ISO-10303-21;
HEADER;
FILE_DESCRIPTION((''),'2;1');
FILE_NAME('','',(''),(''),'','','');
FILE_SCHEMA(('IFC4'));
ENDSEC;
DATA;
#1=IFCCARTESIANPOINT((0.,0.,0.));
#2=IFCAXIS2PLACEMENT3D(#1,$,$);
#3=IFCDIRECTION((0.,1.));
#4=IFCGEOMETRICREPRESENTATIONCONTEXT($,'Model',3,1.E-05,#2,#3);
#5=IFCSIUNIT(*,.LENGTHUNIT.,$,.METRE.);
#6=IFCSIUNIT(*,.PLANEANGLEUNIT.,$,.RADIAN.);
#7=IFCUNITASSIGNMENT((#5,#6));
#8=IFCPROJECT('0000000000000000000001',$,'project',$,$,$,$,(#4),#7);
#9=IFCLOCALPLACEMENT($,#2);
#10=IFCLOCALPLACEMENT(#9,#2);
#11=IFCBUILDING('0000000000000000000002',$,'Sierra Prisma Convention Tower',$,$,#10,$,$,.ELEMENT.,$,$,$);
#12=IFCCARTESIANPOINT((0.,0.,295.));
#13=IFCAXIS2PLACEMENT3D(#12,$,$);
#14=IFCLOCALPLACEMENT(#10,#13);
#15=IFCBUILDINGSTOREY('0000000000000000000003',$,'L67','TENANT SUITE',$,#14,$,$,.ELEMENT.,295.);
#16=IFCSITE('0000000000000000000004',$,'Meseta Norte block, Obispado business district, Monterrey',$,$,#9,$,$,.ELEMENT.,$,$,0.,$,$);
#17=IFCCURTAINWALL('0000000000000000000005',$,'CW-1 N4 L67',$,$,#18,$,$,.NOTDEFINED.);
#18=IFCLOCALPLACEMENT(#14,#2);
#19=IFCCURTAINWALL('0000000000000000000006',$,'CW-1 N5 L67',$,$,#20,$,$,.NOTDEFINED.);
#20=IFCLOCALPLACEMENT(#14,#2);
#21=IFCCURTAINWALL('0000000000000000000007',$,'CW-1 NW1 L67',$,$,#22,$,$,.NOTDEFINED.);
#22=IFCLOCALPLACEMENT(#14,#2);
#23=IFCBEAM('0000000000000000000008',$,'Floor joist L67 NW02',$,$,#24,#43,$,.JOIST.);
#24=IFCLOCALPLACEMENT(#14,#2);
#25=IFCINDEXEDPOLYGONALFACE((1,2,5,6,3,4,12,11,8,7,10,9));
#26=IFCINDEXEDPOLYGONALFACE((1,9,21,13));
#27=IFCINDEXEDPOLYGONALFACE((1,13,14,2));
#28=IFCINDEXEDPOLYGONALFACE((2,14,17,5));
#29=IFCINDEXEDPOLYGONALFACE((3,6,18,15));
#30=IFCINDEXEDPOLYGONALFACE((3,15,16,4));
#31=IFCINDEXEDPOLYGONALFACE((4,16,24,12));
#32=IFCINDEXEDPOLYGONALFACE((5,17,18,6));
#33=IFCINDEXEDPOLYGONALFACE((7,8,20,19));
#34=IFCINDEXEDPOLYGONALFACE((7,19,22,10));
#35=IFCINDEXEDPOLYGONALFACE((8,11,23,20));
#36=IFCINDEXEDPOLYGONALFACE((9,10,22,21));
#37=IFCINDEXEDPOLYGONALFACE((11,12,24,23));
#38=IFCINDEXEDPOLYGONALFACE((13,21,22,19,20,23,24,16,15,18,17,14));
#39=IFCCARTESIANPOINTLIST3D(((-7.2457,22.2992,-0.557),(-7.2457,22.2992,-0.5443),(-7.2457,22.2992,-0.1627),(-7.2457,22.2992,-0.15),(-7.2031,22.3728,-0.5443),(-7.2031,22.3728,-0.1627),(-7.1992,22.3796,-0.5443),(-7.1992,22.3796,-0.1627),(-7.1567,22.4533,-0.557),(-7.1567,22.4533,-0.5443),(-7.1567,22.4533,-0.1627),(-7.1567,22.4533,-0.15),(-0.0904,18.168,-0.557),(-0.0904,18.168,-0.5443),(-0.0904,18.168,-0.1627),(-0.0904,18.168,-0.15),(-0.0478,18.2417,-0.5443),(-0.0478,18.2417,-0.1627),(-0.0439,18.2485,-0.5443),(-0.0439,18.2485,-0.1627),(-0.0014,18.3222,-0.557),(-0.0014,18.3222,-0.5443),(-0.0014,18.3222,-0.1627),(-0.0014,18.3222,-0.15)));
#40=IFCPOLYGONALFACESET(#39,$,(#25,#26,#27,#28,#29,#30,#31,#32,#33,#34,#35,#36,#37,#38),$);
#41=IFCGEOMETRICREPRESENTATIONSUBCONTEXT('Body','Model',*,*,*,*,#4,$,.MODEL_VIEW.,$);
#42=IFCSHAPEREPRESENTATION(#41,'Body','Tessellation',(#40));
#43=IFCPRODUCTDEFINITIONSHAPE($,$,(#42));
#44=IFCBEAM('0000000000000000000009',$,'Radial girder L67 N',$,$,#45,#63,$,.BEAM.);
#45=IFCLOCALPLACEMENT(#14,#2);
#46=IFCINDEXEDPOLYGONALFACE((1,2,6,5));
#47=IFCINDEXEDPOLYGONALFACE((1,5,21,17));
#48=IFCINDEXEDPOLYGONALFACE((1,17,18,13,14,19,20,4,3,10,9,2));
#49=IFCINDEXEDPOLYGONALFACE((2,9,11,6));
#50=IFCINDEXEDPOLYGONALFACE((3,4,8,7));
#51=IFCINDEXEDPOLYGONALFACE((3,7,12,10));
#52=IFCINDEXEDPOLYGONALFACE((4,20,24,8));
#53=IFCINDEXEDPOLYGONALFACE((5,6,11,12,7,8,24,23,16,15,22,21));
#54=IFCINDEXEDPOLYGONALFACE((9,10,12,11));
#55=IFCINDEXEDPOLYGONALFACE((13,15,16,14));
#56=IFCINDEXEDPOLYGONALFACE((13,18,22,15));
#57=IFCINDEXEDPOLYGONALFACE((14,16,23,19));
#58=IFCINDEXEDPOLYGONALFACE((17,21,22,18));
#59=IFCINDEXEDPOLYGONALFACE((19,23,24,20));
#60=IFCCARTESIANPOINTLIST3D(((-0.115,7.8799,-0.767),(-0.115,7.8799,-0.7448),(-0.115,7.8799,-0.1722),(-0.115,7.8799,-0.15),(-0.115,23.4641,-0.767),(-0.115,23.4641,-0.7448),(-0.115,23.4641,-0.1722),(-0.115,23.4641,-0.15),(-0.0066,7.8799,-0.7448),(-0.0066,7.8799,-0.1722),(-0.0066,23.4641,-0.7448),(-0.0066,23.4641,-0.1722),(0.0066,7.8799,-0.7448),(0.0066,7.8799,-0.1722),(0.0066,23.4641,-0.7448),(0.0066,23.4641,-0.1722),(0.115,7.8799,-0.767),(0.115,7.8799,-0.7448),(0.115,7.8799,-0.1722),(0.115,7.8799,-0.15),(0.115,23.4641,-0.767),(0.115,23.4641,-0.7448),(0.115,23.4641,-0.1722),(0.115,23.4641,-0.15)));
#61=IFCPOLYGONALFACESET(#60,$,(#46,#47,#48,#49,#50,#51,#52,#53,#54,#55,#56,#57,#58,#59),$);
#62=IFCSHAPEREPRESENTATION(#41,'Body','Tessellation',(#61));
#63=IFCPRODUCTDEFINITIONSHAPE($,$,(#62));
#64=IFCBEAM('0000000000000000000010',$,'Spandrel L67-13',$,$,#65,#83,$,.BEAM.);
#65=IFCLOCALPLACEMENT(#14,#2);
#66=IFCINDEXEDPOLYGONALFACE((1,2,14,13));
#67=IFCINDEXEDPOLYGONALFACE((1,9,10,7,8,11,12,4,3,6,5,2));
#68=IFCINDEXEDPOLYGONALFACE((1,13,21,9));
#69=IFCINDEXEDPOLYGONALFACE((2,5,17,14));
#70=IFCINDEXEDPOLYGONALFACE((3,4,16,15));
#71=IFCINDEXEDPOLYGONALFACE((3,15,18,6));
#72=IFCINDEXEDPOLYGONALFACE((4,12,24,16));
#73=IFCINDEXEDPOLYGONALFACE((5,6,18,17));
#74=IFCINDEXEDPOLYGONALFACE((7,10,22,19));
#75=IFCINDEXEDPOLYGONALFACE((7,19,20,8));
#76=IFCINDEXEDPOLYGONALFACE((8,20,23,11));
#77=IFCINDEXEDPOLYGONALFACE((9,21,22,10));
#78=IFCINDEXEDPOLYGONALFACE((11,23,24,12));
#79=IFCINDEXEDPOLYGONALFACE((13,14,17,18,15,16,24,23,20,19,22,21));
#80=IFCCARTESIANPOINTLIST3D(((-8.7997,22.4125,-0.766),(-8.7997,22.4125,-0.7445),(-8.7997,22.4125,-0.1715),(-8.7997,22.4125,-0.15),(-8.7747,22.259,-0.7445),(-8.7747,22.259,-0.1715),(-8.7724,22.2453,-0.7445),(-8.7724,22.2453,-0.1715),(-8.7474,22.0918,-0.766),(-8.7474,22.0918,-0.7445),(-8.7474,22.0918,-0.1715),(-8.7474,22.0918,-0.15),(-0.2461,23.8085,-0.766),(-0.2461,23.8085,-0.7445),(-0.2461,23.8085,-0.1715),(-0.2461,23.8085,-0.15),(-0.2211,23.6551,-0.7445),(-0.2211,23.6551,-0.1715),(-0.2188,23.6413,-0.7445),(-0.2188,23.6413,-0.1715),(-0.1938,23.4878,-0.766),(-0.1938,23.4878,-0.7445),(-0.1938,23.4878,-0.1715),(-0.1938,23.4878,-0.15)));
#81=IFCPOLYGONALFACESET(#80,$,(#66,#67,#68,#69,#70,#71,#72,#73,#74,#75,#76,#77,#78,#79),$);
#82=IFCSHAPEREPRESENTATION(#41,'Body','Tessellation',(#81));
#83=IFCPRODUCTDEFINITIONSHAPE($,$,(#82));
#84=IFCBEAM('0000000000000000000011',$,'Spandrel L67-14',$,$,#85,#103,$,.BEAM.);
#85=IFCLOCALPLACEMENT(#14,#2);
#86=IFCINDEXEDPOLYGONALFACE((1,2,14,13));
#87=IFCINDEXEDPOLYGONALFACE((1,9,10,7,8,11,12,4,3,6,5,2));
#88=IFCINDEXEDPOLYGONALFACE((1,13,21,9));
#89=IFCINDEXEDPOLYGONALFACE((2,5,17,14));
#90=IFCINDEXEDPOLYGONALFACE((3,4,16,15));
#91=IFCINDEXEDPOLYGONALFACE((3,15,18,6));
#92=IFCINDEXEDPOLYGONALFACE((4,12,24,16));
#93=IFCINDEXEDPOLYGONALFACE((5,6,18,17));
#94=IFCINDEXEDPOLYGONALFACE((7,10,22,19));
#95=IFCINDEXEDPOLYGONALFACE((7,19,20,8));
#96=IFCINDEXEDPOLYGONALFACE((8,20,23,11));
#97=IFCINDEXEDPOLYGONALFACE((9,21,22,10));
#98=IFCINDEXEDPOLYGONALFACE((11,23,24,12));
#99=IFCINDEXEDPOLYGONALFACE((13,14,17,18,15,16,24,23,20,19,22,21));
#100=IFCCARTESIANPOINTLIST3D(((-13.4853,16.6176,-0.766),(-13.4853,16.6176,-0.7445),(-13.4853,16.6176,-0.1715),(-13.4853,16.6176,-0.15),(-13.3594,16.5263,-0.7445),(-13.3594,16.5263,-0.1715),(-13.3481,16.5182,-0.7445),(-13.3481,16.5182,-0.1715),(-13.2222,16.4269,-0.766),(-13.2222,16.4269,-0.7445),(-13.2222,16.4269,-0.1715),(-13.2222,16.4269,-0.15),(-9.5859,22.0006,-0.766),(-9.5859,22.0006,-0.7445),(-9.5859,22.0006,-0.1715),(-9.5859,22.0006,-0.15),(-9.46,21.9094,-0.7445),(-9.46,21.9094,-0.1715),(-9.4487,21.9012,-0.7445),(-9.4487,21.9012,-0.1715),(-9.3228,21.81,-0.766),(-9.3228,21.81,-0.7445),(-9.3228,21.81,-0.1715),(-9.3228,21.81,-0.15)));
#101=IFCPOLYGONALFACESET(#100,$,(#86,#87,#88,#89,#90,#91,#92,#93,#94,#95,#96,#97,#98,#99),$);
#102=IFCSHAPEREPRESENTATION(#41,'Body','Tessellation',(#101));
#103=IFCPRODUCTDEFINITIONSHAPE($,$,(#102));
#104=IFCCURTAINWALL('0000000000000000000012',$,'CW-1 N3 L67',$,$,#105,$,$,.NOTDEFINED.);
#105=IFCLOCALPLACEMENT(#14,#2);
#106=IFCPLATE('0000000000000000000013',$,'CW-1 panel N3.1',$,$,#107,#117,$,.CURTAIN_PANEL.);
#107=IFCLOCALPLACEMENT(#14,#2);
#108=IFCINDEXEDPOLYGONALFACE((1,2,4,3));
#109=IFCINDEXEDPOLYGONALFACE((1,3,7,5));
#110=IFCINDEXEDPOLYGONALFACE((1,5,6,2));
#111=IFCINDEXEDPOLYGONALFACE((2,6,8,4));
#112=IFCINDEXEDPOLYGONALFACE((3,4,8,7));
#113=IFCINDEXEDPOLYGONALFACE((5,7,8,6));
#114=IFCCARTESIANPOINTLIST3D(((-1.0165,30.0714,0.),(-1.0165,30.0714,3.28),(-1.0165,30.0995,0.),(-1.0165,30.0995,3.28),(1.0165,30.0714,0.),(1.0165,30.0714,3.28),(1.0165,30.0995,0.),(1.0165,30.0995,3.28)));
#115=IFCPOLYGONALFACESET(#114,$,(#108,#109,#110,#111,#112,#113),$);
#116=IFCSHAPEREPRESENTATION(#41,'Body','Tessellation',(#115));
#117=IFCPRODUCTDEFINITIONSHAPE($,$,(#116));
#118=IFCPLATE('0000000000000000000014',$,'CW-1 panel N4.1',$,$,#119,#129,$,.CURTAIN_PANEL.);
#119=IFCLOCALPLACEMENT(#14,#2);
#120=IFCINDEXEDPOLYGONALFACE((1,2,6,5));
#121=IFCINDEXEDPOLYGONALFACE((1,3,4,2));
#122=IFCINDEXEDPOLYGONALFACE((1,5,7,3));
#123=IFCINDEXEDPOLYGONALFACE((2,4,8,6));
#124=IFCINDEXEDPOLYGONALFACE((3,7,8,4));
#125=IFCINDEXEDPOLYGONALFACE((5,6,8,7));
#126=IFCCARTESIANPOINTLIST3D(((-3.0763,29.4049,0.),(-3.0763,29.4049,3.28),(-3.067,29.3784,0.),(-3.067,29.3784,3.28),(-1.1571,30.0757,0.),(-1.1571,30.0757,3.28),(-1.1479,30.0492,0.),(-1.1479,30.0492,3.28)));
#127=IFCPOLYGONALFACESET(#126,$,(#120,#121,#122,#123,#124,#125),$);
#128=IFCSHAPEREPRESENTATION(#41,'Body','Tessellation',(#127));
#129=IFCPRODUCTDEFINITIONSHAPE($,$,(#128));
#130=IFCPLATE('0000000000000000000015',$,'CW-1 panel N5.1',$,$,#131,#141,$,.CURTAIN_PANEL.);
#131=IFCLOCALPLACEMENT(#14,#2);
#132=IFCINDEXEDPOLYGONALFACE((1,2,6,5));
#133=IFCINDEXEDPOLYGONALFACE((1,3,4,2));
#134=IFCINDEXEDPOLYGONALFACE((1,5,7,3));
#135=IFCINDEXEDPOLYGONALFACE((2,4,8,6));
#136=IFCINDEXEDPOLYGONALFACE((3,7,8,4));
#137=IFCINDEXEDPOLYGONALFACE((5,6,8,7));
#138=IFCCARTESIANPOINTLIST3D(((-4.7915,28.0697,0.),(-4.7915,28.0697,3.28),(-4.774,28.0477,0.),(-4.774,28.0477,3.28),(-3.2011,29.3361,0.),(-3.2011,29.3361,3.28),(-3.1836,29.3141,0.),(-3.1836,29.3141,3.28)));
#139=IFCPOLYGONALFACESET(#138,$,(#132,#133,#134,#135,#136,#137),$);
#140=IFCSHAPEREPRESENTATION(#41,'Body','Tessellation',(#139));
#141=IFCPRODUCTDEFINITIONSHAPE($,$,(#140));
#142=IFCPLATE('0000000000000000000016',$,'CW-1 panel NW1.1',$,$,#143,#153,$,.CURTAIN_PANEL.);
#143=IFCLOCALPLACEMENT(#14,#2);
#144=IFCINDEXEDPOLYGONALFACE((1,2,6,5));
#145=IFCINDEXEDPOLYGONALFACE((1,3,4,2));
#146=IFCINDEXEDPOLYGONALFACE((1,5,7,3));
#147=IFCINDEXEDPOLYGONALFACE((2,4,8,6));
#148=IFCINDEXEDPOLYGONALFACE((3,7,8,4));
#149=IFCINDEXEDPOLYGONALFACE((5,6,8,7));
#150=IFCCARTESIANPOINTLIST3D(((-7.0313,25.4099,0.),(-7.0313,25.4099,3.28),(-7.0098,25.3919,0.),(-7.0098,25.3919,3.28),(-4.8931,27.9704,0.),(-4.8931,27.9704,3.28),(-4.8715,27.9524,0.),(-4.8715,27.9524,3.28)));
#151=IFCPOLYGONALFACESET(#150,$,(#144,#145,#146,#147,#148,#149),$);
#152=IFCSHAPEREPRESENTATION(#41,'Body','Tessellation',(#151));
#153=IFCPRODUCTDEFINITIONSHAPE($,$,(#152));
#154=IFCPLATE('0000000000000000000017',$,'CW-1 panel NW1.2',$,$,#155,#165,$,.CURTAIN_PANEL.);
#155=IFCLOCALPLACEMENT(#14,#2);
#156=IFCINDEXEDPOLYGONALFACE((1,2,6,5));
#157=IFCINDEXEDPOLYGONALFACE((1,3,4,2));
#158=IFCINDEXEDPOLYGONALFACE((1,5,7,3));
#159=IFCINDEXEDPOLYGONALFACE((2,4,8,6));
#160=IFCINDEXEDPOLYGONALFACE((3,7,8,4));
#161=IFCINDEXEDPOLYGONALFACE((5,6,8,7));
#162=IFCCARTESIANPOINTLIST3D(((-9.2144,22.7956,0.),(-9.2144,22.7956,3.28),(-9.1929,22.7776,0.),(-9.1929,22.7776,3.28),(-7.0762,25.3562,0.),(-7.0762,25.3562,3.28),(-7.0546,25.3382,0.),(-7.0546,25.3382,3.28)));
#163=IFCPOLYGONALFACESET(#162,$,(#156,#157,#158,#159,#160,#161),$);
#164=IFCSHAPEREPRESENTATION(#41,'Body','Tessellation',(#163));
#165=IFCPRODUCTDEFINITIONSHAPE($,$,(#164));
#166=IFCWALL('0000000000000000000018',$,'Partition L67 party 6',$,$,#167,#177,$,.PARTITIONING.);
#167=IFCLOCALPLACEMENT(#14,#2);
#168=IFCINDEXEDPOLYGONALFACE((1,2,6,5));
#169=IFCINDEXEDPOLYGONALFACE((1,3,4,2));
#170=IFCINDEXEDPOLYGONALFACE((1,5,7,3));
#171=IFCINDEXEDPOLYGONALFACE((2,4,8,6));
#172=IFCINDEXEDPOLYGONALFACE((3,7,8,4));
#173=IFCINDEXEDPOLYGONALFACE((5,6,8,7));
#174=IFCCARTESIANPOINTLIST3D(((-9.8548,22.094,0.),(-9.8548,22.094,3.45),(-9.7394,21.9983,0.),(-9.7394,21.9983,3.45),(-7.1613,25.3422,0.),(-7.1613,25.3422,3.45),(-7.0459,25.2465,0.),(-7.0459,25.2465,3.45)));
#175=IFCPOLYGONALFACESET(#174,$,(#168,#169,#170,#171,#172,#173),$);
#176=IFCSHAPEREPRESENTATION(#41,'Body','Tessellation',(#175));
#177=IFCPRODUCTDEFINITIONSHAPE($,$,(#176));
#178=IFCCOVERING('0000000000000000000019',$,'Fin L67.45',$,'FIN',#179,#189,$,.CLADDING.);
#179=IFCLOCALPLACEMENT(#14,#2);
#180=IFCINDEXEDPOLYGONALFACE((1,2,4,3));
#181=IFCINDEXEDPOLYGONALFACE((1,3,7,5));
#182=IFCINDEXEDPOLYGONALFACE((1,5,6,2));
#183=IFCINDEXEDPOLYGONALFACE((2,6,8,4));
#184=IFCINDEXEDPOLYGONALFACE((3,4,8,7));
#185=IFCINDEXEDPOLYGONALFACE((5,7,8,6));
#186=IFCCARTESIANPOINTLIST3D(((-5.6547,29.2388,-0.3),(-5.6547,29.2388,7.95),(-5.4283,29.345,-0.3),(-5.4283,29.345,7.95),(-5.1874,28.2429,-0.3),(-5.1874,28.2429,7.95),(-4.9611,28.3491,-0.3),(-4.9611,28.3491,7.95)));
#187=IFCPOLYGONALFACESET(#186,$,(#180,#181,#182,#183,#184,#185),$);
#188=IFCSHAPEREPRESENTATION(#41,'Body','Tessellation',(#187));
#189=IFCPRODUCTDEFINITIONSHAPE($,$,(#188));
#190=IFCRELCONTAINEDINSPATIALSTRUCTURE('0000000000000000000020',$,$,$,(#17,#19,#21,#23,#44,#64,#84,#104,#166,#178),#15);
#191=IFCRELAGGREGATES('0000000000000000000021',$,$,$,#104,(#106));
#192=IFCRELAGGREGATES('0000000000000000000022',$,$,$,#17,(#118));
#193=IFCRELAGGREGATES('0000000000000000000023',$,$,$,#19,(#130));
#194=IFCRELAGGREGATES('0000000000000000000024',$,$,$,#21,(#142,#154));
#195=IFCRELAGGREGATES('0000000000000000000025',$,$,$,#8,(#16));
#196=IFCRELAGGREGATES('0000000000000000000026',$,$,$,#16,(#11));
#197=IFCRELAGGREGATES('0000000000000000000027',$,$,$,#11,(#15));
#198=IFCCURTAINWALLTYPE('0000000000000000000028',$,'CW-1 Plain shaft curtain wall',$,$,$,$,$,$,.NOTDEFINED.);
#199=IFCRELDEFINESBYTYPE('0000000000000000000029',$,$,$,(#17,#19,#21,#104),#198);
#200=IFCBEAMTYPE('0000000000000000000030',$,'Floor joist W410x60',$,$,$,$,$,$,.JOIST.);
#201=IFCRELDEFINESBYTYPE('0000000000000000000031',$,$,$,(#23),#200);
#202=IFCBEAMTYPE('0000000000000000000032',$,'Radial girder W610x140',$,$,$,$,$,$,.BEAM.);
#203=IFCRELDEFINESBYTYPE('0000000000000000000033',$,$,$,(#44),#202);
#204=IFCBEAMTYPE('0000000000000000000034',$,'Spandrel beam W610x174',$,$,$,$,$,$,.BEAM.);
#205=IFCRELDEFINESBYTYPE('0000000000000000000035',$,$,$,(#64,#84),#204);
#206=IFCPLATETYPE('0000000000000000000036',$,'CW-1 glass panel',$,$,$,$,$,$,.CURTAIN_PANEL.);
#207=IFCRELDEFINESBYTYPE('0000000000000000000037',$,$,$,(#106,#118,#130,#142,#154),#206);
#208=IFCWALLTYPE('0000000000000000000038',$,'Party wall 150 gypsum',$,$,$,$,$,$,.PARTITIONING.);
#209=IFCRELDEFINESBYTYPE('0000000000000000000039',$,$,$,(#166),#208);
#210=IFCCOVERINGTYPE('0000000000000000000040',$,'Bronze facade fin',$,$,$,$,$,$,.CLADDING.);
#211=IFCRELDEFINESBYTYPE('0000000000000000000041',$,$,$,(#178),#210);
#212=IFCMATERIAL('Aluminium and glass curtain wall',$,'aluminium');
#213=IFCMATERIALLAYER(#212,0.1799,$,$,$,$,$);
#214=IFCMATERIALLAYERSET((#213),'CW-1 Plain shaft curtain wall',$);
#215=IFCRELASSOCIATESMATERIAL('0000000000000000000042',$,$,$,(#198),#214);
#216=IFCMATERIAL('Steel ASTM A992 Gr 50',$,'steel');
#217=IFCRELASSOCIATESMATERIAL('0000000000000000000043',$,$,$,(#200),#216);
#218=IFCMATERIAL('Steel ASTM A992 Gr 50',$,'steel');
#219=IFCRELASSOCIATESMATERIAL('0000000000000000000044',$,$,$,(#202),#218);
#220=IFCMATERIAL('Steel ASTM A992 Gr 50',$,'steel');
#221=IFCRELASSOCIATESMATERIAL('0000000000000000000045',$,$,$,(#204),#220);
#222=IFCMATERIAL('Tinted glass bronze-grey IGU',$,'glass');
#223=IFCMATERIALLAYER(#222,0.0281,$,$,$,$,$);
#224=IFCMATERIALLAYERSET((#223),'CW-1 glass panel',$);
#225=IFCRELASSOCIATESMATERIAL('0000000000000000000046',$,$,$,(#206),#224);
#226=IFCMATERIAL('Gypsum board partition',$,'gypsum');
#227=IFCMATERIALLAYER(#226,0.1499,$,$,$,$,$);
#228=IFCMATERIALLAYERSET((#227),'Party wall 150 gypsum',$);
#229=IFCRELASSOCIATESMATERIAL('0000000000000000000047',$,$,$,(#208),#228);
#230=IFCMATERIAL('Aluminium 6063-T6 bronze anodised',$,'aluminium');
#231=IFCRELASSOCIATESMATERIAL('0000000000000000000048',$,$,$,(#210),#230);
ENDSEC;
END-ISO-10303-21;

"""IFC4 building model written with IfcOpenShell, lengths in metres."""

from ifc_helpers import new_model, si_unit, direction, frame, frame_2d, origin, origin_2d, place, context, subcontext, project, spatial, rectangle, i_section, extrude, material, layer, layer_set, material_profile, profile_set, type_object, element, aggregate, save


model = new_model("IFC4")

# Units and contexts
model_context = context("Model", 3, precision=1e-05, world=origin(), true_north=direction((0.0, 1.0)))
body_context = subcontext(model_context, "Body", "Model", "MODEL_VIEW")
ifc_project = project(units=[si_unit("LENGTHUNIT", "METRE"), si_unit("PLANEANGLEUNIT", "RADIAN")], contexts=[model_context])

# Site, building, storey
site_placement = place(None, origin())
site = spatial("IfcSite", under=ifc_project, at=site_placement, Name="Meseta Norte block, Obispado business district, Monterrey", CompositionType="ELEMENT", RefElevation=0.0)
building_placement = place(site_placement, origin())
building = spatial("IfcBuilding", under=site, at=building_placement, Name="Sierra Prisma Convention Tower", CompositionType="ELEMENT")
storey_placement = place(building_placement, frame((0.0, 0.0, 295.0)))
storey = spatial("IfcBuildingStorey", under=building, at=storey_placement, Name="L67", Description="TENANT SUITE", CompositionType="ELEMENT", Elevation=295.0)

# Curtain walls
ifc_material_1 = material(Name="Aluminium and glass curtain wall", Category="aluminium")
ifc_layer_1 = layer(ifc_material_1, 0.1799)
ifc_layer_set_1 = layer_set([ifc_layer_1], Name="CW-1 Plain shaft curtain wall")
curtain_wall_type = type_object("IfcCurtainWallType", Name="CW-1 Plain shaft curtain wall", PredefinedType="NOTDEFINED", material=ifc_layer_set_1)
curtain_wall_1_placement = place(storey_placement, origin())
curtain_wall_1 = element("IfcCurtainWall", 1, at=curtain_wall_1_placement, inside=storey, type_object=curtain_wall_type, Name="CW-1 N4 L67", PredefinedType="NOTDEFINED")
curtain_wall_2_placement = place(storey_placement, origin())
curtain_wall_2 = element("IfcCurtainWall", 2, at=curtain_wall_2_placement, inside=storey, type_object=curtain_wall_type, Name="CW-1 N5 L67", PredefinedType="NOTDEFINED")

# Curtain wall
curtain_wall_3_placement = place(storey_placement, origin())
curtain_wall_3 = element("IfcCurtainWall", 3, at=curtain_wall_3_placement, inside=storey, type_object=curtain_wall_type, Name="CW-1 NW1 L67", PredefinedType="NOTDEFINED")

# Beams
ifc_material_2 = material(Name="Steel ASTM A992 Gr 50", Category="steel")
ifc_material_profile_1 = material_profile(ifc_material_2, i_section(OverallWidth=0.178, OverallDepth=0.407, WebThickness=0.0078, FlangeThickness=0.0127, at=origin_2d()), Name="W410x60")
ifc_profile_set_1 = profile_set([ifc_material_profile_1], Name="Steel ASTM A992 Gr 50")
beam_type_1 = type_object("IfcBeamType", Name="Floor joist W410x60", PredefinedType="JOIST", material=ifc_profile_set_1)
beam_1_placement = place(storey_placement, frame((-7.2012, 22.3762, -0.3535), z_axis=(0.866025, -0.5, 0.0), x_axis=(0.5, 0.866025, 0.0)))
element("IfcBeam", 4, at=beam_1_placement, inside=storey, type_object=beam_type_1, Name="Floor joist L67 NW02", PredefinedType="JOIST", context=body_context, shape_type="SweptSolid", body=[
    extrude(i_section(OverallWidth=0.178, OverallDepth=0.407, WebThickness=0.0078, FlangeThickness=0.0127, at=origin_2d()), origin(), (0.0, 0.0, 1.0), 8.2622),
])
ifc_material_3 = material(Name="Steel ASTM A992 Gr 50", Category="steel")
ifc_material_profile_2 = material_profile(ifc_material_3, i_section(OverallWidth=0.23, OverallDepth=0.6169, WebThickness=0.0132, FlangeThickness=0.0222, at=origin_2d()), Name="W610x140")
ifc_profile_set_2 = profile_set([ifc_material_profile_2], Name="Steel ASTM A992 Gr 50")
beam_type_2 = type_object("IfcBeamType", Name="Radial girder W610x140", PredefinedType="BEAM", material=ifc_profile_set_2)
beam_2_placement = place(storey_placement, frame((0.0, 23.4641, -0.4585), z_axis=(0.0, -1.0, 0.0), x_axis=(1.0, 0.0, 0.0)))
element("IfcBeam", 5, at=beam_2_placement, inside=storey, type_object=beam_type_2, Name="Radial girder L67 N", PredefinedType="BEAM", context=body_context, shape_type="SweptSolid", body=[
    extrude(i_section(OverallWidth=0.23, OverallDepth=0.6169, WebThickness=0.0132, FlangeThickness=0.0222, at=origin_2d()), origin(), (0.0, 0.0, 1.0), 15.5842),
])
ifc_material_4 = material(Name="Steel ASTM A992 Gr 50", Category="steel")
ifc_material_profile_3 = material_profile(ifc_material_4, i_section(OverallWidth=0.325, OverallDepth=0.616, WebThickness=0.0139, FlangeThickness=0.0215, at=origin_2d()), Name="W610x174")
ifc_profile_set_3 = profile_set([ifc_material_profile_3], Name="Steel ASTM A992 Gr 50")
beam_type_3 = type_object("IfcBeamType", Name="Spandrel beam W610x174", PredefinedType="BEAM", material=ifc_profile_set_3)
beam_3_placement = place(storey_placement, frame((-0.22, 23.6482, -0.458), z_axis=(-0.986942, -0.161077, 0.0), x_axis=(0.161077, -0.986942, 0.0)))
element("IfcBeam", 6, at=beam_3_placement, inside=storey, type_object=beam_type_3, Name="Spandrel L67-13", PredefinedType="BEAM", context=body_context, shape_type="SweptSolid", body=[
    extrude(i_section(OverallWidth=0.325, OverallDepth=0.616, WebThickness=0.0139, FlangeThickness=0.0215, at=origin_2d()), origin(), (0.0, 0.0, 1.0), 8.6667),
])
beam_4_placement = place(storey_placement, frame((-9.4543, 21.9053, -0.458), z_axis=(-0.586642, -0.809846, 0.0), x_axis=(0.809846, -0.586642, 0.0)))
element("IfcBeam", 7, at=beam_4_placement, inside=storey, type_object=beam_type_3, Name="Spandrel L67-14", PredefinedType="BEAM", context=body_context, shape_type="SweptSolid", body=[
    extrude(i_section(OverallWidth=0.325, OverallDepth=0.616, WebThickness=0.0139, FlangeThickness=0.0215, at=origin_2d()), origin(), (0.0, 0.0, 1.0), 6.647),
])

# Curtain wall, plate
curtain_wall_4_placement = place(storey_placement, origin())
curtain_wall_4 = element("IfcCurtainWall", 8, at=curtain_wall_4_placement, inside=storey, type_object=curtain_wall_type, Name="CW-1 N3 L67", PredefinedType="NOTDEFINED")
ifc_material_5 = material(Name="Tinted glass bronze-grey IGU", Category="glass")
ifc_layer_2 = layer(ifc_material_5, 0.0281)
ifc_layer_set_2 = layer_set([ifc_layer_2], Name="CW-1 glass panel")
plate_type = type_object("IfcPlateType", Name="CW-1 glass panel", PredefinedType="CURTAIN_PANEL", material=ifc_layer_set_2)
plate_1_placement = place(storey_placement, frame((0.0, 30.0854, 0.0), z_axis=(0.0, 0.0, 1.0), x_axis=(-1.0, 0.0, 0.0)))
plate_1 = element("IfcPlate", 9, at=plate_1_placement, type_object=plate_type, Name="CW-1 panel N3.1", PredefinedType="CURTAIN_PANEL", context=body_context, shape_type="SweptSolid", body=[
    extrude(rectangle(XDim=2.033, YDim=0.0281, at=origin_2d()), origin(), (0.0, 0.0, 1.0), 3.28),
])
aggregate(curtain_wall_4, [plate_1])

# Plates
plate_2_placement = place(storey_placement, frame((-2.1121, 29.7271, 0.0), z_axis=(0.0, 0.0, 1.0), x_axis=(-0.944004, -0.329935, 0.0)))
plate_2 = element("IfcPlate", 10, at=plate_2_placement, type_object=plate_type, Name="CW-1 panel N4.1", PredefinedType="CURTAIN_PANEL", context=body_context, shape_type="SweptSolid", body=[
    extrude(rectangle(XDim=2.033, YDim=0.0281, at=origin_2d()), origin(), (0.0, 0.0, 1.0), 3.28),
])
aggregate(curtain_wall_1, [plate_2])
plate_3_placement = place(storey_placement, frame((-3.9875, 28.6919, 0.0), z_axis=(0.0, 0.0, 1.0), x_axis=(-0.782286, -0.62292, 0.0)))
plate_3 = element("IfcPlate", 11, at=plate_3_placement, type_object=plate_type, Name="CW-1 panel N5.1", PredefinedType="CURTAIN_PANEL", context=body_context, shape_type="SweptSolid", body=[
    extrude(rectangle(XDim=2.033, YDim=0.0281, at=origin_2d()), origin(), (0.0, 0.0, 1.0), 3.28),
])
aggregate(curtain_wall_2, [plate_3])
plate_4_placement = place(storey_placement, frame((-5.9514, 26.6812, 0.0), z_axis=(0.0, 0.0, 1.0), x_axis=(-0.64098, -0.767558, 0.0)))
plate_4 = element("IfcPlate", 12, at=plate_4_placement, type_object=plate_type, Name="CW-1 panel NW1.1", PredefinedType="CURTAIN_PANEL", context=body_context, shape_type="SweptSolid", body=[
    extrude(rectangle(XDim=3.3359, YDim=0.0281, at=origin_2d()), origin(), (0.0, 0.0, 1.0), 3.28),
])
plate_5_placement = place(storey_placement, frame((-8.1345, 24.0669, 0.0), z_axis=(0.0, 0.0, 1.0), x_axis=(-0.64098, -0.767558, 0.0)))
plate_5 = element("IfcPlate", 13, at=plate_5_placement, type_object=plate_type, Name="CW-1 panel NW1.2", PredefinedType="CURTAIN_PANEL", context=body_context, shape_type="SweptSolid", body=[
    extrude(rectangle(XDim=3.3359, YDim=0.0281, at=origin_2d()), origin(), (0.0, 0.0, 1.0), 3.28),
])
aggregate(curtain_wall_3, [plate_4, plate_5])

# Wall
ifc_material_6 = material(Name="Gypsum board partition", Category="gypsum")
ifc_layer_3 = layer(ifc_material_6, 0.1499)
ifc_layer_set_3 = layer_set([ifc_layer_3], Name="Party wall 150 gypsum")
wall_type = type_object("IfcWallType", Name="Party wall 150 gypsum", PredefinedType="PARTITIONING", material=ifc_layer_set_3)
wall_placement = place(storey_placement, frame((-9.7971, 22.0461, 0.0), z_axis=(0.0, 0.0, 1.0), x_axis=(0.638322, 0.76977, 0.0)))
element("IfcWall", 14, at=wall_placement, inside=storey, type_object=wall_type, Name="Partition L67 party 6", PredefinedType="PARTITIONING", context=body_context, shape_type="SweptSolid", body=[
    extrude(rectangle(XDim=4.2197, YDim=0.1499, at=frame_2d((2.1099, 0.0))), origin(), (0.0, 0.0, 1.0), 3.45),
])

# Covering
ifc_material_7 = material(Name="Aluminium 6063-T6 bronze anodised", Category="aluminium")
ifc_material_profile_4 = material_profile(ifc_material_7, rectangle(XDim=1.1001, YDim=0.25, at=origin_2d()), Name="ALU FIN 1100x250")
ifc_profile_set_4 = profile_set([ifc_material_profile_4], Name="Aluminium 6063-T6 bronze anodised")
covering_type = type_object("IfcCoveringType", Name="Bronze facade fin", PredefinedType="CLADDING", material=ifc_profile_set_4)
for number, where, z_axis, x_axis, name in (
    (15, (-5.3079, 28.7939, -0.3), (0.0, 0.0, 1.0), (-0.424754, 0.905309, 0.0), "Fin L67.45"),
):
    element("IfcCovering", number, at=place(storey_placement, frame(where, z_axis=z_axis, x_axis=x_axis)), inside=storey, type_object=covering_type, Name=name, ObjectType="FIN", PredefinedType="CLADDING", context=body_context, shape_type="SweptSolid", body=[
        extrude(rectangle(XDim=1.1001, YDim=0.25, at=origin_2d()), origin(), (0.0, 0.0, 1.0), 8.25),
    ])

save(model, "model.ifc")
